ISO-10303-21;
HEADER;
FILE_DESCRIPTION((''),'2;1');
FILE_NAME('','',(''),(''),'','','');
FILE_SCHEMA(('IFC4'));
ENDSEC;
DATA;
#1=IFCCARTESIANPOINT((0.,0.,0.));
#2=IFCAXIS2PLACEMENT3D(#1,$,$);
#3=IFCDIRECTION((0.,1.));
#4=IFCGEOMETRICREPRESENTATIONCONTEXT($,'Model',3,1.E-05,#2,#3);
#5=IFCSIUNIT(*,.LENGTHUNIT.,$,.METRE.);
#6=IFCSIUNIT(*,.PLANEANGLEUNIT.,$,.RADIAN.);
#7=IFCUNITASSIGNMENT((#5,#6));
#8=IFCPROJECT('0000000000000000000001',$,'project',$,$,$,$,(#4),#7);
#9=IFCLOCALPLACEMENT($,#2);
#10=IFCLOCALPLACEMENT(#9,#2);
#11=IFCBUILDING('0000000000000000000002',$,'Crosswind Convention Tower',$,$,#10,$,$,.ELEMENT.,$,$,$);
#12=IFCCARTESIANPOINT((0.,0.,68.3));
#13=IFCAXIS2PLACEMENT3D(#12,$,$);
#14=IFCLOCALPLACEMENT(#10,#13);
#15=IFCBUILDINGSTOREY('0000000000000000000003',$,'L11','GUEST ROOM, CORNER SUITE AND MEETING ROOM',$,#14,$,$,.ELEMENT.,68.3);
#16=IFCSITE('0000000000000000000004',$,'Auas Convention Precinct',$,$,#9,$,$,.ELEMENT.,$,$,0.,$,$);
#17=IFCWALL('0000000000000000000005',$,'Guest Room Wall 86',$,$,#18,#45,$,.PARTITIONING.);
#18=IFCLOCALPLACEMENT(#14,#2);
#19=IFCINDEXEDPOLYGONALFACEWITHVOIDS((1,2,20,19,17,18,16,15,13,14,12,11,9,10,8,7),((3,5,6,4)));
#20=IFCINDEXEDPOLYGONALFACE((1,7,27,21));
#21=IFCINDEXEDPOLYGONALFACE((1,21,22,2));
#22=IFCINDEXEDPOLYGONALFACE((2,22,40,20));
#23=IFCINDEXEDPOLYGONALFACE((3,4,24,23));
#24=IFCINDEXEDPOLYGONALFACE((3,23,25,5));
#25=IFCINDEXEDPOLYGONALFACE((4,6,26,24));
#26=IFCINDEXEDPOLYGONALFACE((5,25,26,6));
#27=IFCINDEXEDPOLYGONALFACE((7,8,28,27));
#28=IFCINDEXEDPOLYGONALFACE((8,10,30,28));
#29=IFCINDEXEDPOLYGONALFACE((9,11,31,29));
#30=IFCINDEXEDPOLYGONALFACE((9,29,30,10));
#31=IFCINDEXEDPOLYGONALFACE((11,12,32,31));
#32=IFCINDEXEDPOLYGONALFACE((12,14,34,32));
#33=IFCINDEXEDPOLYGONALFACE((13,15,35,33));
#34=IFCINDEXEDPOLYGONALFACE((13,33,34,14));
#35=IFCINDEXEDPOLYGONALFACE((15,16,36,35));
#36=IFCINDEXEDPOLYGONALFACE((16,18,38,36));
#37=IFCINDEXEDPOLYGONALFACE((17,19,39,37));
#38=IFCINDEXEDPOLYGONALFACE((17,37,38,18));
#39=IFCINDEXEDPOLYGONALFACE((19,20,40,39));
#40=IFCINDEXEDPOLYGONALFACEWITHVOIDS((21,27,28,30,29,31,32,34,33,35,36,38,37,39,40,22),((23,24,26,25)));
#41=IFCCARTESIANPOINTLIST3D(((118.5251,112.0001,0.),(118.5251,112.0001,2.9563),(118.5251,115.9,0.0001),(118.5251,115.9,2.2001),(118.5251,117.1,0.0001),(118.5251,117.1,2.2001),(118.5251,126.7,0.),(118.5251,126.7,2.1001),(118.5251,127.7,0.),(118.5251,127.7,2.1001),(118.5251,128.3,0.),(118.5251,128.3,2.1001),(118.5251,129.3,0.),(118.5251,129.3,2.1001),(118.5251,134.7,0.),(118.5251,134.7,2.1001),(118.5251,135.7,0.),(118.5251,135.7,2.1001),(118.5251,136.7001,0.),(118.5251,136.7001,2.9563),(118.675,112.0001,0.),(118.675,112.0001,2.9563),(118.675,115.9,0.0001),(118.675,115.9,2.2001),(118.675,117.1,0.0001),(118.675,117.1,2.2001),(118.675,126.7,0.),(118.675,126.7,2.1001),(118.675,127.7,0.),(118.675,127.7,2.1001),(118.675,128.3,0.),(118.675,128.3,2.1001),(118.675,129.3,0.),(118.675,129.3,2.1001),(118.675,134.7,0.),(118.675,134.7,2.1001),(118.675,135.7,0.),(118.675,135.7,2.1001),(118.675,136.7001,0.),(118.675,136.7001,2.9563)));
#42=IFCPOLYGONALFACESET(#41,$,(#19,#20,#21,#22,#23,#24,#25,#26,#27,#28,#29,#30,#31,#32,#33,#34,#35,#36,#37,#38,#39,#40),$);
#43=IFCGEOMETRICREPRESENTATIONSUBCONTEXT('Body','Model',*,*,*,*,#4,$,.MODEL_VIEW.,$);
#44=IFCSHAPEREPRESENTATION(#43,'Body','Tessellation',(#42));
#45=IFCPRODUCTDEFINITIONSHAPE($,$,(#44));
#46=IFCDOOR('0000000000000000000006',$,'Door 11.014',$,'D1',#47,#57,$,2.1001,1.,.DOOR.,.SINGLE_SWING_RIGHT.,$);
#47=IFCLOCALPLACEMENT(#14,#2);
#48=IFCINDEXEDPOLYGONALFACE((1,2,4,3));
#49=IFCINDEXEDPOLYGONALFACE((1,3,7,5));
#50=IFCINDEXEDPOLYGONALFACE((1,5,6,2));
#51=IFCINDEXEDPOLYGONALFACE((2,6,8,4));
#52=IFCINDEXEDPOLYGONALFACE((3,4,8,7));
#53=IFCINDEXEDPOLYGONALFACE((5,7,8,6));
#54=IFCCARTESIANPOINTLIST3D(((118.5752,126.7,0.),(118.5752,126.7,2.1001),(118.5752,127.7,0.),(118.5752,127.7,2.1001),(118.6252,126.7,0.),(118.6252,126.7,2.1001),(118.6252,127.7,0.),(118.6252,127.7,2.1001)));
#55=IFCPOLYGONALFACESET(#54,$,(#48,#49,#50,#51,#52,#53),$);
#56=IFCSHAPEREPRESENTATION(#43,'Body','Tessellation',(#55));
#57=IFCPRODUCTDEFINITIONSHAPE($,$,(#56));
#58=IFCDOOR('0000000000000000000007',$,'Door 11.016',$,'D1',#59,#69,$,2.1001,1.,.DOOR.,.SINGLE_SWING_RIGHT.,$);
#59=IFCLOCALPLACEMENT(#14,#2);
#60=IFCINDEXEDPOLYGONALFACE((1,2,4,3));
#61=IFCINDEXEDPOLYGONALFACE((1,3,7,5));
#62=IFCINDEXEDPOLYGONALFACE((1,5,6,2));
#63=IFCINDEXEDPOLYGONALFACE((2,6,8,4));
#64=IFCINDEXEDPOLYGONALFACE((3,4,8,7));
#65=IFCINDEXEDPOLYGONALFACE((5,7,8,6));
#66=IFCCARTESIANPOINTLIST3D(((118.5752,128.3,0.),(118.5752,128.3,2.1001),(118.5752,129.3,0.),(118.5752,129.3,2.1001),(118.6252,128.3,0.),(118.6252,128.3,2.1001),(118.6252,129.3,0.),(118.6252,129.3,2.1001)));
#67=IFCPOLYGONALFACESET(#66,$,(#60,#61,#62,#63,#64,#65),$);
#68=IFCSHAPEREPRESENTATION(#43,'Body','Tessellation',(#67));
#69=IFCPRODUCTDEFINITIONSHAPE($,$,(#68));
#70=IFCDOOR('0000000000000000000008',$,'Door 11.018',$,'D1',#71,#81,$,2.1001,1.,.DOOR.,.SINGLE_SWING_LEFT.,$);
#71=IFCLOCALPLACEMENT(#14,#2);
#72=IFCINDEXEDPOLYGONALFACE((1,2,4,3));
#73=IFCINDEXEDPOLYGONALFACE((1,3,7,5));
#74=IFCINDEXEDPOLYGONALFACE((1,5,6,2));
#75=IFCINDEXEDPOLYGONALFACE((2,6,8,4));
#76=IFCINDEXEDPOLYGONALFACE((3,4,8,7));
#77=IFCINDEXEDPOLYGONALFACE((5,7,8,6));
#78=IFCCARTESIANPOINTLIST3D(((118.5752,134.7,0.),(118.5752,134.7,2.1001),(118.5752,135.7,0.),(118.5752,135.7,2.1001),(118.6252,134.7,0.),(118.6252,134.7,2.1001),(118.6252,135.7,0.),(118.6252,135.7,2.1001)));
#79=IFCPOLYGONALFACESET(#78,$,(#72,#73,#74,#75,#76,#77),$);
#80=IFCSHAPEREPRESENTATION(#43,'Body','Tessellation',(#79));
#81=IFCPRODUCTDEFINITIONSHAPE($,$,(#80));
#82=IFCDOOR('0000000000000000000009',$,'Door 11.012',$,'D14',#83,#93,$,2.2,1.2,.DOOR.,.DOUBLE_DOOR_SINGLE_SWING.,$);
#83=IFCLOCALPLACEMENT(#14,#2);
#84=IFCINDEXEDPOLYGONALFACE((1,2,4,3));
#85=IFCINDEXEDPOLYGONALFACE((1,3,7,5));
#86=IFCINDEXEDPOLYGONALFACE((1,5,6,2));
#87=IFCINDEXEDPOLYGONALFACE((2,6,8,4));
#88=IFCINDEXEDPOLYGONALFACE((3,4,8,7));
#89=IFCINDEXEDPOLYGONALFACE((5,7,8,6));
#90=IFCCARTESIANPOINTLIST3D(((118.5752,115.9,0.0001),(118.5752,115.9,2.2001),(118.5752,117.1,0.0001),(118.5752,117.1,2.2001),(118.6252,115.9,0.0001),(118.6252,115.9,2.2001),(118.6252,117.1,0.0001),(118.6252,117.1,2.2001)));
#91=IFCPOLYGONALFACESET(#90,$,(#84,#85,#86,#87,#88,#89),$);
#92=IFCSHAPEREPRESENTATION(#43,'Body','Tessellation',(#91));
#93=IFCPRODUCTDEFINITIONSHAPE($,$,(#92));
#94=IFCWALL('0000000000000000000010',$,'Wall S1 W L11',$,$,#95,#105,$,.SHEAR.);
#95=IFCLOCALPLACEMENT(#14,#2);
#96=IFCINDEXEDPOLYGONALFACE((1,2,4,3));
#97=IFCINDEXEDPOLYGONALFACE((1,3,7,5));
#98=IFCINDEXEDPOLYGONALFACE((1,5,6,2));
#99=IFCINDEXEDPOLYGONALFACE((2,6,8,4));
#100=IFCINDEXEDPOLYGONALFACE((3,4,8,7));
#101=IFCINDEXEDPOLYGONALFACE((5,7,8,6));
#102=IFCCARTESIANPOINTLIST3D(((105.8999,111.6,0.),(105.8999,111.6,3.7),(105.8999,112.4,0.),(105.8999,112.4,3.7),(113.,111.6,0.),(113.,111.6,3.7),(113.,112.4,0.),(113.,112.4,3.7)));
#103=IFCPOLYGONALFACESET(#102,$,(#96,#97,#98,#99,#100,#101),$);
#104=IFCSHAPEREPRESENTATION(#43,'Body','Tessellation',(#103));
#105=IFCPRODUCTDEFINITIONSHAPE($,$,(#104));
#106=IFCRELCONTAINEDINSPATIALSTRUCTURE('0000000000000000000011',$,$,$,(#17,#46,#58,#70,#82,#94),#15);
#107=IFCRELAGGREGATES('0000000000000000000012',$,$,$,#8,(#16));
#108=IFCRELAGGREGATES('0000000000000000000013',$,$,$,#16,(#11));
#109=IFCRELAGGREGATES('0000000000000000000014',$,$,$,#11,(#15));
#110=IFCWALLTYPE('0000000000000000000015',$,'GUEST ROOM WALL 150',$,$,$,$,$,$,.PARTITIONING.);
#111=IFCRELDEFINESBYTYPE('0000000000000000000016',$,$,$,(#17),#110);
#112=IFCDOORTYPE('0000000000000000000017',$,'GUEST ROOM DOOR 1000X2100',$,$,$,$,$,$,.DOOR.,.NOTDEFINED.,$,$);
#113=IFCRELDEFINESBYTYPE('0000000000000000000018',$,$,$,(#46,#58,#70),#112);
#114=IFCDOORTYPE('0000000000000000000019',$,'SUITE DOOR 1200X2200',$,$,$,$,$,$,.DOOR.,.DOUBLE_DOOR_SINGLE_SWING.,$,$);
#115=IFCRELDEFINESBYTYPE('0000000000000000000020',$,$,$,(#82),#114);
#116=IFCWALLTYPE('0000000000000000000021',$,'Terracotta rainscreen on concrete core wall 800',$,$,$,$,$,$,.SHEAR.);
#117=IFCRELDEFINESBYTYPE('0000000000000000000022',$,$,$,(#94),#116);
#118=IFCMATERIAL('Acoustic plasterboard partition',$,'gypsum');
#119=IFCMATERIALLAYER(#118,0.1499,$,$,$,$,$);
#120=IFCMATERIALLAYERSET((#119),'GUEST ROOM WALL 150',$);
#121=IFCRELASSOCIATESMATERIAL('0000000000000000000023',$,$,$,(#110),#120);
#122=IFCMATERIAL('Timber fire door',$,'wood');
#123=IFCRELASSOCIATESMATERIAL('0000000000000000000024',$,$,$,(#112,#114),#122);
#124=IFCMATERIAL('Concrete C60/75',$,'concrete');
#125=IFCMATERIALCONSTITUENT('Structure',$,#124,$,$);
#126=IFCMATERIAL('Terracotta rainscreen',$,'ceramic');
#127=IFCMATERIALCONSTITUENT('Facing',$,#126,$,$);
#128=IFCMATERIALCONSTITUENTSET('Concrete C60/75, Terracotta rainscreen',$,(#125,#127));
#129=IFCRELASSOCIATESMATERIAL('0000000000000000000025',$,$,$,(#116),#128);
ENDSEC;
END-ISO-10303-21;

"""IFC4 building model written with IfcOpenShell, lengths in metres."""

from ifc_helpers import new_model, si_unit, direction, frame, frame_2d, origin, place, context, subcontext, project, spatial, rectangle, extrude, material, layer, layer_set, constituent, constituent_set, type_object, element, fill, save


model = new_model("IFC4")

# Units and contexts
model_context = context("Model", 3, precision=1e-05, world=origin(), true_north=direction((0.0, 1.0)))
body_context = subcontext(model_context, "Body", "Model", "MODEL_VIEW")
ifc_project = project(units=[si_unit("LENGTHUNIT", "METRE"), si_unit("PLANEANGLEUNIT", "RADIAN")], contexts=[model_context])

# Site, building, storey
site_placement = place(None, origin())
site = spatial("IfcSite", under=ifc_project, at=site_placement, Name="Auas Convention Precinct", CompositionType="ELEMENT", RefElevation=0.0)
building_placement = place(site_placement, origin())
building = spatial("IfcBuilding", under=site, at=building_placement, Name="Crosswind Convention Tower", CompositionType="ELEMENT")
storey_placement = place(building_placement, frame((0.0, 0.0, 68.3)))
storey = spatial("IfcBuildingStorey", under=building, at=storey_placement, Name="L11", Description="GUEST ROOM, CORNER SUITE AND MEETING ROOM", CompositionType="ELEMENT", Elevation=68.3)

# Shared definitions
ifc_material_1 = material(Name="Timber fire door", Category="wood")

# Shared definitions
ifc_material_2 = material(Name="Acoustic plasterboard partition", Category="gypsum")
ifc_layer_1 = layer(ifc_material_2, 0.1499)
ifc_layer_set_1 = layer_set([ifc_layer_1], Name="GUEST ROOM WALL 150")
wall_type_1 = type_object("IfcWallType", Name="GUEST ROOM WALL 150", PredefinedType="PARTITIONING", material=ifc_layer_set_1)

# Wall, openings, doors
wall_1_placement = place(storey_placement, frame((118.6001, 112.0, 0.0), z_axis=(0.0, 0.0, 1.0), x_axis=(0.0, 1.0, 0.0)))
wall_1 = element("IfcWall", 1, at=wall_1_placement, inside=storey, type_object=wall_type_1, Name="Guest Room Wall 86", PredefinedType="PARTITIONING", context=body_context, shape_type="SweptSolid", body=[
    extrude(rectangle(XDim=24.7, YDim=0.1499, at=frame_2d((12.3501, 0.0))), origin(), (0.0, 0.0, 1.0), 2.9563),
])
opening_1_placement = place(wall_1_placement, frame((3.8999, 0.0, 0.0)))
opening_1 = element("IfcOpeningElement", 2, at=opening_1_placement, cuts=wall_1, PredefinedType="OPENING", context=body_context, shape_type="SweptSolid", body=[
    extrude(rectangle(XDim=1.2, YDim=2.2, at=frame_2d((0.6001, 1.1001))), frame((0.0, 0.085, 0.0), z_axis=(0.0, -1.0, 0.0), x_axis=(1.0, 0.0, 0.0)), (0.0, 0.0, 1.0), 0.1699),
])
opening_2_placement = place(wall_1_placement, frame((14.7, 0.0, 0.0)))
opening_2 = element("IfcOpeningElement", 3, at=opening_2_placement, cuts=wall_1, PredefinedType="OPENING", context=body_context, shape_type="SweptSolid", body=[
    extrude(rectangle(XDim=1.0, YDim=2.1001, at=frame_2d((0.5, 1.05))), frame((0.0, 0.085, 0.0), z_axis=(0.0, -1.0, 0.0), x_axis=(1.0, 0.0, 0.0)), (0.0, 0.0, 1.0), 0.1699),
])
opening_3_placement = place(wall_1_placement, frame((16.3, 0.0, 0.0)))
opening_3 = element("IfcOpeningElement", 4, at=opening_3_placement, cuts=wall_1, PredefinedType="OPENING", context=body_context, shape_type="SweptSolid", body=[
    extrude(rectangle(XDim=1.0, YDim=2.1001, at=frame_2d((0.5, 1.05))), frame((0.0, 0.085, 0.0), z_axis=(0.0, -1.0, 0.0), x_axis=(1.0, 0.0, 0.0)), (0.0, 0.0, 1.0), 0.1699),
])
opening_4_placement = place(wall_1_placement, frame((22.7, 0.0, 0.0)))
opening_4 = element("IfcOpeningElement", 5, at=opening_4_placement, cuts=wall_1, PredefinedType="OPENING", context=body_context, shape_type="SweptSolid", body=[
    extrude(rectangle(XDim=1.0, YDim=2.1001, at=frame_2d((0.5, 1.05))), frame((0.0, 0.085, 0.0), z_axis=(0.0, -1.0, 0.0), x_axis=(1.0, 0.0, 0.0)), (0.0, 0.0, 1.0), 0.1699),
])
door_type_1 = type_object("IfcDoorType", Name="GUEST ROOM DOOR 1000X2100", OperationType="NOTDEFINED", PredefinedType="DOOR", material=ifc_material_1)
door_1_placement = place(opening_2_placement, origin())
door_1 = element("IfcDoor", 6, at=door_1_placement, inside=storey, type_object=door_type_1, Name="Door 11.014", ObjectType="D1", OperationType="SINGLE_SWING_RIGHT", OverallHeight=2.1001, OverallWidth=1.0, PredefinedType="DOOR", context=body_context, shape_type="SweptSolid", body=[
    extrude(rectangle(XDim=1.0, YDim=2.1001, at=frame_2d((0.5, 1.05))), frame((0.0, 0.0249, 0.0), z_axis=(0.0, -1.0, 0.0), x_axis=(1.0, 0.0, 0.0)), (0.0, 0.0, 1.0), 0.05),
])
fill(opening_2, door_1)
door_2_placement = place(opening_3_placement, origin())
door_2 = element("IfcDoor", 7, at=door_2_placement, inside=storey, type_object=door_type_1, Name="Door 11.016", ObjectType="D1", OperationType="SINGLE_SWING_RIGHT", OverallHeight=2.1001, OverallWidth=1.0, PredefinedType="DOOR", context=body_context, shape_type="SweptSolid", body=[
    extrude(rectangle(XDim=1.0, YDim=2.1001, at=frame_2d((0.5, 1.05))), frame((0.0, 0.0249, 0.0), z_axis=(0.0, -1.0, 0.0), x_axis=(1.0, 0.0, 0.0)), (0.0, 0.0, 1.0), 0.05),
])
fill(opening_3, door_2)
door_3_placement = place(opening_4_placement, origin())
door_3 = element("IfcDoor", 8, at=door_3_placement, inside=storey, type_object=door_type_1, Name="Door 11.018", ObjectType="D1", OperationType="SINGLE_SWING_LEFT", OverallHeight=2.1001, OverallWidth=1.0, PredefinedType="DOOR", context=body_context, shape_type="SweptSolid", body=[
    extrude(rectangle(XDim=1.0, YDim=2.1001, at=frame_2d((0.5, 1.05))), frame((0.0, 0.0249, 0.0), z_axis=(0.0, -1.0, 0.0), x_axis=(1.0, 0.0, 0.0)), (0.0, 0.0, 1.0), 0.05),
])
fill(opening_4, door_3)
door_type_2 = type_object("IfcDoorType", Name="SUITE DOOR 1200X2200", OperationType="DOUBLE_DOOR_SINGLE_SWING", PredefinedType="DOOR", material=ifc_material_1)
door_4_placement = place(opening_1_placement, origin())
door_4 = element("IfcDoor", 9, at=door_4_placement, inside=storey, type_object=door_type_2, Name="Door 11.012", ObjectType="D14", OperationType="DOUBLE_DOOR_SINGLE_SWING", OverallHeight=2.2, OverallWidth=1.2, PredefinedType="DOOR", context=body_context, shape_type="SweptSolid", body=[
    extrude(rectangle(XDim=1.2, YDim=2.2, at=frame_2d((0.6001, 1.1001))), frame((0.0, 0.0249, 0.0), z_axis=(0.0, -1.0, 0.0), x_axis=(1.0, 0.0, 0.0)), (0.0, 0.0, 1.0), 0.05),
])
fill(opening_1, door_4)

# Wall
ifc_material_3 = material(Name="Concrete C60/75", Category="concrete")
ifc_constituent_1 = constituent(ifc_material_3, Name="Structure")
ifc_material_4 = material(Name="Terracotta rainscreen", Category="ceramic")
ifc_constituent_2 = constituent(ifc_material_4, Name="Facing")
ifc_constituent_set = constituent_set(constituents=[ifc_constituent_1, ifc_constituent_2], Name="Concrete C60/75, Terracotta rainscreen")
wall_type_2 = type_object("IfcWallType", Name="Terracotta rainscreen on concrete core wall 800", PredefinedType="SHEAR", material=ifc_constituent_set)
wall_2_placement = place(storey_placement, frame((113.0, 112.0, 0.0), z_axis=(0.0, 0.0, 1.0), x_axis=(-1.0, 0.0, 0.0)))
element("IfcWall", 10, at=wall_2_placement, inside=storey, type_object=wall_type_2, Name="Wall S1 W L11", PredefinedType="SHEAR", context=body_context, shape_type="SweptSolid", body=[
    extrude(rectangle(XDim=7.1001, YDim=0.8, at=frame_2d((3.55, 0.0))), origin(), (0.0, 0.0, 1.0), 3.7),
])

save(model, "model.ifc")
